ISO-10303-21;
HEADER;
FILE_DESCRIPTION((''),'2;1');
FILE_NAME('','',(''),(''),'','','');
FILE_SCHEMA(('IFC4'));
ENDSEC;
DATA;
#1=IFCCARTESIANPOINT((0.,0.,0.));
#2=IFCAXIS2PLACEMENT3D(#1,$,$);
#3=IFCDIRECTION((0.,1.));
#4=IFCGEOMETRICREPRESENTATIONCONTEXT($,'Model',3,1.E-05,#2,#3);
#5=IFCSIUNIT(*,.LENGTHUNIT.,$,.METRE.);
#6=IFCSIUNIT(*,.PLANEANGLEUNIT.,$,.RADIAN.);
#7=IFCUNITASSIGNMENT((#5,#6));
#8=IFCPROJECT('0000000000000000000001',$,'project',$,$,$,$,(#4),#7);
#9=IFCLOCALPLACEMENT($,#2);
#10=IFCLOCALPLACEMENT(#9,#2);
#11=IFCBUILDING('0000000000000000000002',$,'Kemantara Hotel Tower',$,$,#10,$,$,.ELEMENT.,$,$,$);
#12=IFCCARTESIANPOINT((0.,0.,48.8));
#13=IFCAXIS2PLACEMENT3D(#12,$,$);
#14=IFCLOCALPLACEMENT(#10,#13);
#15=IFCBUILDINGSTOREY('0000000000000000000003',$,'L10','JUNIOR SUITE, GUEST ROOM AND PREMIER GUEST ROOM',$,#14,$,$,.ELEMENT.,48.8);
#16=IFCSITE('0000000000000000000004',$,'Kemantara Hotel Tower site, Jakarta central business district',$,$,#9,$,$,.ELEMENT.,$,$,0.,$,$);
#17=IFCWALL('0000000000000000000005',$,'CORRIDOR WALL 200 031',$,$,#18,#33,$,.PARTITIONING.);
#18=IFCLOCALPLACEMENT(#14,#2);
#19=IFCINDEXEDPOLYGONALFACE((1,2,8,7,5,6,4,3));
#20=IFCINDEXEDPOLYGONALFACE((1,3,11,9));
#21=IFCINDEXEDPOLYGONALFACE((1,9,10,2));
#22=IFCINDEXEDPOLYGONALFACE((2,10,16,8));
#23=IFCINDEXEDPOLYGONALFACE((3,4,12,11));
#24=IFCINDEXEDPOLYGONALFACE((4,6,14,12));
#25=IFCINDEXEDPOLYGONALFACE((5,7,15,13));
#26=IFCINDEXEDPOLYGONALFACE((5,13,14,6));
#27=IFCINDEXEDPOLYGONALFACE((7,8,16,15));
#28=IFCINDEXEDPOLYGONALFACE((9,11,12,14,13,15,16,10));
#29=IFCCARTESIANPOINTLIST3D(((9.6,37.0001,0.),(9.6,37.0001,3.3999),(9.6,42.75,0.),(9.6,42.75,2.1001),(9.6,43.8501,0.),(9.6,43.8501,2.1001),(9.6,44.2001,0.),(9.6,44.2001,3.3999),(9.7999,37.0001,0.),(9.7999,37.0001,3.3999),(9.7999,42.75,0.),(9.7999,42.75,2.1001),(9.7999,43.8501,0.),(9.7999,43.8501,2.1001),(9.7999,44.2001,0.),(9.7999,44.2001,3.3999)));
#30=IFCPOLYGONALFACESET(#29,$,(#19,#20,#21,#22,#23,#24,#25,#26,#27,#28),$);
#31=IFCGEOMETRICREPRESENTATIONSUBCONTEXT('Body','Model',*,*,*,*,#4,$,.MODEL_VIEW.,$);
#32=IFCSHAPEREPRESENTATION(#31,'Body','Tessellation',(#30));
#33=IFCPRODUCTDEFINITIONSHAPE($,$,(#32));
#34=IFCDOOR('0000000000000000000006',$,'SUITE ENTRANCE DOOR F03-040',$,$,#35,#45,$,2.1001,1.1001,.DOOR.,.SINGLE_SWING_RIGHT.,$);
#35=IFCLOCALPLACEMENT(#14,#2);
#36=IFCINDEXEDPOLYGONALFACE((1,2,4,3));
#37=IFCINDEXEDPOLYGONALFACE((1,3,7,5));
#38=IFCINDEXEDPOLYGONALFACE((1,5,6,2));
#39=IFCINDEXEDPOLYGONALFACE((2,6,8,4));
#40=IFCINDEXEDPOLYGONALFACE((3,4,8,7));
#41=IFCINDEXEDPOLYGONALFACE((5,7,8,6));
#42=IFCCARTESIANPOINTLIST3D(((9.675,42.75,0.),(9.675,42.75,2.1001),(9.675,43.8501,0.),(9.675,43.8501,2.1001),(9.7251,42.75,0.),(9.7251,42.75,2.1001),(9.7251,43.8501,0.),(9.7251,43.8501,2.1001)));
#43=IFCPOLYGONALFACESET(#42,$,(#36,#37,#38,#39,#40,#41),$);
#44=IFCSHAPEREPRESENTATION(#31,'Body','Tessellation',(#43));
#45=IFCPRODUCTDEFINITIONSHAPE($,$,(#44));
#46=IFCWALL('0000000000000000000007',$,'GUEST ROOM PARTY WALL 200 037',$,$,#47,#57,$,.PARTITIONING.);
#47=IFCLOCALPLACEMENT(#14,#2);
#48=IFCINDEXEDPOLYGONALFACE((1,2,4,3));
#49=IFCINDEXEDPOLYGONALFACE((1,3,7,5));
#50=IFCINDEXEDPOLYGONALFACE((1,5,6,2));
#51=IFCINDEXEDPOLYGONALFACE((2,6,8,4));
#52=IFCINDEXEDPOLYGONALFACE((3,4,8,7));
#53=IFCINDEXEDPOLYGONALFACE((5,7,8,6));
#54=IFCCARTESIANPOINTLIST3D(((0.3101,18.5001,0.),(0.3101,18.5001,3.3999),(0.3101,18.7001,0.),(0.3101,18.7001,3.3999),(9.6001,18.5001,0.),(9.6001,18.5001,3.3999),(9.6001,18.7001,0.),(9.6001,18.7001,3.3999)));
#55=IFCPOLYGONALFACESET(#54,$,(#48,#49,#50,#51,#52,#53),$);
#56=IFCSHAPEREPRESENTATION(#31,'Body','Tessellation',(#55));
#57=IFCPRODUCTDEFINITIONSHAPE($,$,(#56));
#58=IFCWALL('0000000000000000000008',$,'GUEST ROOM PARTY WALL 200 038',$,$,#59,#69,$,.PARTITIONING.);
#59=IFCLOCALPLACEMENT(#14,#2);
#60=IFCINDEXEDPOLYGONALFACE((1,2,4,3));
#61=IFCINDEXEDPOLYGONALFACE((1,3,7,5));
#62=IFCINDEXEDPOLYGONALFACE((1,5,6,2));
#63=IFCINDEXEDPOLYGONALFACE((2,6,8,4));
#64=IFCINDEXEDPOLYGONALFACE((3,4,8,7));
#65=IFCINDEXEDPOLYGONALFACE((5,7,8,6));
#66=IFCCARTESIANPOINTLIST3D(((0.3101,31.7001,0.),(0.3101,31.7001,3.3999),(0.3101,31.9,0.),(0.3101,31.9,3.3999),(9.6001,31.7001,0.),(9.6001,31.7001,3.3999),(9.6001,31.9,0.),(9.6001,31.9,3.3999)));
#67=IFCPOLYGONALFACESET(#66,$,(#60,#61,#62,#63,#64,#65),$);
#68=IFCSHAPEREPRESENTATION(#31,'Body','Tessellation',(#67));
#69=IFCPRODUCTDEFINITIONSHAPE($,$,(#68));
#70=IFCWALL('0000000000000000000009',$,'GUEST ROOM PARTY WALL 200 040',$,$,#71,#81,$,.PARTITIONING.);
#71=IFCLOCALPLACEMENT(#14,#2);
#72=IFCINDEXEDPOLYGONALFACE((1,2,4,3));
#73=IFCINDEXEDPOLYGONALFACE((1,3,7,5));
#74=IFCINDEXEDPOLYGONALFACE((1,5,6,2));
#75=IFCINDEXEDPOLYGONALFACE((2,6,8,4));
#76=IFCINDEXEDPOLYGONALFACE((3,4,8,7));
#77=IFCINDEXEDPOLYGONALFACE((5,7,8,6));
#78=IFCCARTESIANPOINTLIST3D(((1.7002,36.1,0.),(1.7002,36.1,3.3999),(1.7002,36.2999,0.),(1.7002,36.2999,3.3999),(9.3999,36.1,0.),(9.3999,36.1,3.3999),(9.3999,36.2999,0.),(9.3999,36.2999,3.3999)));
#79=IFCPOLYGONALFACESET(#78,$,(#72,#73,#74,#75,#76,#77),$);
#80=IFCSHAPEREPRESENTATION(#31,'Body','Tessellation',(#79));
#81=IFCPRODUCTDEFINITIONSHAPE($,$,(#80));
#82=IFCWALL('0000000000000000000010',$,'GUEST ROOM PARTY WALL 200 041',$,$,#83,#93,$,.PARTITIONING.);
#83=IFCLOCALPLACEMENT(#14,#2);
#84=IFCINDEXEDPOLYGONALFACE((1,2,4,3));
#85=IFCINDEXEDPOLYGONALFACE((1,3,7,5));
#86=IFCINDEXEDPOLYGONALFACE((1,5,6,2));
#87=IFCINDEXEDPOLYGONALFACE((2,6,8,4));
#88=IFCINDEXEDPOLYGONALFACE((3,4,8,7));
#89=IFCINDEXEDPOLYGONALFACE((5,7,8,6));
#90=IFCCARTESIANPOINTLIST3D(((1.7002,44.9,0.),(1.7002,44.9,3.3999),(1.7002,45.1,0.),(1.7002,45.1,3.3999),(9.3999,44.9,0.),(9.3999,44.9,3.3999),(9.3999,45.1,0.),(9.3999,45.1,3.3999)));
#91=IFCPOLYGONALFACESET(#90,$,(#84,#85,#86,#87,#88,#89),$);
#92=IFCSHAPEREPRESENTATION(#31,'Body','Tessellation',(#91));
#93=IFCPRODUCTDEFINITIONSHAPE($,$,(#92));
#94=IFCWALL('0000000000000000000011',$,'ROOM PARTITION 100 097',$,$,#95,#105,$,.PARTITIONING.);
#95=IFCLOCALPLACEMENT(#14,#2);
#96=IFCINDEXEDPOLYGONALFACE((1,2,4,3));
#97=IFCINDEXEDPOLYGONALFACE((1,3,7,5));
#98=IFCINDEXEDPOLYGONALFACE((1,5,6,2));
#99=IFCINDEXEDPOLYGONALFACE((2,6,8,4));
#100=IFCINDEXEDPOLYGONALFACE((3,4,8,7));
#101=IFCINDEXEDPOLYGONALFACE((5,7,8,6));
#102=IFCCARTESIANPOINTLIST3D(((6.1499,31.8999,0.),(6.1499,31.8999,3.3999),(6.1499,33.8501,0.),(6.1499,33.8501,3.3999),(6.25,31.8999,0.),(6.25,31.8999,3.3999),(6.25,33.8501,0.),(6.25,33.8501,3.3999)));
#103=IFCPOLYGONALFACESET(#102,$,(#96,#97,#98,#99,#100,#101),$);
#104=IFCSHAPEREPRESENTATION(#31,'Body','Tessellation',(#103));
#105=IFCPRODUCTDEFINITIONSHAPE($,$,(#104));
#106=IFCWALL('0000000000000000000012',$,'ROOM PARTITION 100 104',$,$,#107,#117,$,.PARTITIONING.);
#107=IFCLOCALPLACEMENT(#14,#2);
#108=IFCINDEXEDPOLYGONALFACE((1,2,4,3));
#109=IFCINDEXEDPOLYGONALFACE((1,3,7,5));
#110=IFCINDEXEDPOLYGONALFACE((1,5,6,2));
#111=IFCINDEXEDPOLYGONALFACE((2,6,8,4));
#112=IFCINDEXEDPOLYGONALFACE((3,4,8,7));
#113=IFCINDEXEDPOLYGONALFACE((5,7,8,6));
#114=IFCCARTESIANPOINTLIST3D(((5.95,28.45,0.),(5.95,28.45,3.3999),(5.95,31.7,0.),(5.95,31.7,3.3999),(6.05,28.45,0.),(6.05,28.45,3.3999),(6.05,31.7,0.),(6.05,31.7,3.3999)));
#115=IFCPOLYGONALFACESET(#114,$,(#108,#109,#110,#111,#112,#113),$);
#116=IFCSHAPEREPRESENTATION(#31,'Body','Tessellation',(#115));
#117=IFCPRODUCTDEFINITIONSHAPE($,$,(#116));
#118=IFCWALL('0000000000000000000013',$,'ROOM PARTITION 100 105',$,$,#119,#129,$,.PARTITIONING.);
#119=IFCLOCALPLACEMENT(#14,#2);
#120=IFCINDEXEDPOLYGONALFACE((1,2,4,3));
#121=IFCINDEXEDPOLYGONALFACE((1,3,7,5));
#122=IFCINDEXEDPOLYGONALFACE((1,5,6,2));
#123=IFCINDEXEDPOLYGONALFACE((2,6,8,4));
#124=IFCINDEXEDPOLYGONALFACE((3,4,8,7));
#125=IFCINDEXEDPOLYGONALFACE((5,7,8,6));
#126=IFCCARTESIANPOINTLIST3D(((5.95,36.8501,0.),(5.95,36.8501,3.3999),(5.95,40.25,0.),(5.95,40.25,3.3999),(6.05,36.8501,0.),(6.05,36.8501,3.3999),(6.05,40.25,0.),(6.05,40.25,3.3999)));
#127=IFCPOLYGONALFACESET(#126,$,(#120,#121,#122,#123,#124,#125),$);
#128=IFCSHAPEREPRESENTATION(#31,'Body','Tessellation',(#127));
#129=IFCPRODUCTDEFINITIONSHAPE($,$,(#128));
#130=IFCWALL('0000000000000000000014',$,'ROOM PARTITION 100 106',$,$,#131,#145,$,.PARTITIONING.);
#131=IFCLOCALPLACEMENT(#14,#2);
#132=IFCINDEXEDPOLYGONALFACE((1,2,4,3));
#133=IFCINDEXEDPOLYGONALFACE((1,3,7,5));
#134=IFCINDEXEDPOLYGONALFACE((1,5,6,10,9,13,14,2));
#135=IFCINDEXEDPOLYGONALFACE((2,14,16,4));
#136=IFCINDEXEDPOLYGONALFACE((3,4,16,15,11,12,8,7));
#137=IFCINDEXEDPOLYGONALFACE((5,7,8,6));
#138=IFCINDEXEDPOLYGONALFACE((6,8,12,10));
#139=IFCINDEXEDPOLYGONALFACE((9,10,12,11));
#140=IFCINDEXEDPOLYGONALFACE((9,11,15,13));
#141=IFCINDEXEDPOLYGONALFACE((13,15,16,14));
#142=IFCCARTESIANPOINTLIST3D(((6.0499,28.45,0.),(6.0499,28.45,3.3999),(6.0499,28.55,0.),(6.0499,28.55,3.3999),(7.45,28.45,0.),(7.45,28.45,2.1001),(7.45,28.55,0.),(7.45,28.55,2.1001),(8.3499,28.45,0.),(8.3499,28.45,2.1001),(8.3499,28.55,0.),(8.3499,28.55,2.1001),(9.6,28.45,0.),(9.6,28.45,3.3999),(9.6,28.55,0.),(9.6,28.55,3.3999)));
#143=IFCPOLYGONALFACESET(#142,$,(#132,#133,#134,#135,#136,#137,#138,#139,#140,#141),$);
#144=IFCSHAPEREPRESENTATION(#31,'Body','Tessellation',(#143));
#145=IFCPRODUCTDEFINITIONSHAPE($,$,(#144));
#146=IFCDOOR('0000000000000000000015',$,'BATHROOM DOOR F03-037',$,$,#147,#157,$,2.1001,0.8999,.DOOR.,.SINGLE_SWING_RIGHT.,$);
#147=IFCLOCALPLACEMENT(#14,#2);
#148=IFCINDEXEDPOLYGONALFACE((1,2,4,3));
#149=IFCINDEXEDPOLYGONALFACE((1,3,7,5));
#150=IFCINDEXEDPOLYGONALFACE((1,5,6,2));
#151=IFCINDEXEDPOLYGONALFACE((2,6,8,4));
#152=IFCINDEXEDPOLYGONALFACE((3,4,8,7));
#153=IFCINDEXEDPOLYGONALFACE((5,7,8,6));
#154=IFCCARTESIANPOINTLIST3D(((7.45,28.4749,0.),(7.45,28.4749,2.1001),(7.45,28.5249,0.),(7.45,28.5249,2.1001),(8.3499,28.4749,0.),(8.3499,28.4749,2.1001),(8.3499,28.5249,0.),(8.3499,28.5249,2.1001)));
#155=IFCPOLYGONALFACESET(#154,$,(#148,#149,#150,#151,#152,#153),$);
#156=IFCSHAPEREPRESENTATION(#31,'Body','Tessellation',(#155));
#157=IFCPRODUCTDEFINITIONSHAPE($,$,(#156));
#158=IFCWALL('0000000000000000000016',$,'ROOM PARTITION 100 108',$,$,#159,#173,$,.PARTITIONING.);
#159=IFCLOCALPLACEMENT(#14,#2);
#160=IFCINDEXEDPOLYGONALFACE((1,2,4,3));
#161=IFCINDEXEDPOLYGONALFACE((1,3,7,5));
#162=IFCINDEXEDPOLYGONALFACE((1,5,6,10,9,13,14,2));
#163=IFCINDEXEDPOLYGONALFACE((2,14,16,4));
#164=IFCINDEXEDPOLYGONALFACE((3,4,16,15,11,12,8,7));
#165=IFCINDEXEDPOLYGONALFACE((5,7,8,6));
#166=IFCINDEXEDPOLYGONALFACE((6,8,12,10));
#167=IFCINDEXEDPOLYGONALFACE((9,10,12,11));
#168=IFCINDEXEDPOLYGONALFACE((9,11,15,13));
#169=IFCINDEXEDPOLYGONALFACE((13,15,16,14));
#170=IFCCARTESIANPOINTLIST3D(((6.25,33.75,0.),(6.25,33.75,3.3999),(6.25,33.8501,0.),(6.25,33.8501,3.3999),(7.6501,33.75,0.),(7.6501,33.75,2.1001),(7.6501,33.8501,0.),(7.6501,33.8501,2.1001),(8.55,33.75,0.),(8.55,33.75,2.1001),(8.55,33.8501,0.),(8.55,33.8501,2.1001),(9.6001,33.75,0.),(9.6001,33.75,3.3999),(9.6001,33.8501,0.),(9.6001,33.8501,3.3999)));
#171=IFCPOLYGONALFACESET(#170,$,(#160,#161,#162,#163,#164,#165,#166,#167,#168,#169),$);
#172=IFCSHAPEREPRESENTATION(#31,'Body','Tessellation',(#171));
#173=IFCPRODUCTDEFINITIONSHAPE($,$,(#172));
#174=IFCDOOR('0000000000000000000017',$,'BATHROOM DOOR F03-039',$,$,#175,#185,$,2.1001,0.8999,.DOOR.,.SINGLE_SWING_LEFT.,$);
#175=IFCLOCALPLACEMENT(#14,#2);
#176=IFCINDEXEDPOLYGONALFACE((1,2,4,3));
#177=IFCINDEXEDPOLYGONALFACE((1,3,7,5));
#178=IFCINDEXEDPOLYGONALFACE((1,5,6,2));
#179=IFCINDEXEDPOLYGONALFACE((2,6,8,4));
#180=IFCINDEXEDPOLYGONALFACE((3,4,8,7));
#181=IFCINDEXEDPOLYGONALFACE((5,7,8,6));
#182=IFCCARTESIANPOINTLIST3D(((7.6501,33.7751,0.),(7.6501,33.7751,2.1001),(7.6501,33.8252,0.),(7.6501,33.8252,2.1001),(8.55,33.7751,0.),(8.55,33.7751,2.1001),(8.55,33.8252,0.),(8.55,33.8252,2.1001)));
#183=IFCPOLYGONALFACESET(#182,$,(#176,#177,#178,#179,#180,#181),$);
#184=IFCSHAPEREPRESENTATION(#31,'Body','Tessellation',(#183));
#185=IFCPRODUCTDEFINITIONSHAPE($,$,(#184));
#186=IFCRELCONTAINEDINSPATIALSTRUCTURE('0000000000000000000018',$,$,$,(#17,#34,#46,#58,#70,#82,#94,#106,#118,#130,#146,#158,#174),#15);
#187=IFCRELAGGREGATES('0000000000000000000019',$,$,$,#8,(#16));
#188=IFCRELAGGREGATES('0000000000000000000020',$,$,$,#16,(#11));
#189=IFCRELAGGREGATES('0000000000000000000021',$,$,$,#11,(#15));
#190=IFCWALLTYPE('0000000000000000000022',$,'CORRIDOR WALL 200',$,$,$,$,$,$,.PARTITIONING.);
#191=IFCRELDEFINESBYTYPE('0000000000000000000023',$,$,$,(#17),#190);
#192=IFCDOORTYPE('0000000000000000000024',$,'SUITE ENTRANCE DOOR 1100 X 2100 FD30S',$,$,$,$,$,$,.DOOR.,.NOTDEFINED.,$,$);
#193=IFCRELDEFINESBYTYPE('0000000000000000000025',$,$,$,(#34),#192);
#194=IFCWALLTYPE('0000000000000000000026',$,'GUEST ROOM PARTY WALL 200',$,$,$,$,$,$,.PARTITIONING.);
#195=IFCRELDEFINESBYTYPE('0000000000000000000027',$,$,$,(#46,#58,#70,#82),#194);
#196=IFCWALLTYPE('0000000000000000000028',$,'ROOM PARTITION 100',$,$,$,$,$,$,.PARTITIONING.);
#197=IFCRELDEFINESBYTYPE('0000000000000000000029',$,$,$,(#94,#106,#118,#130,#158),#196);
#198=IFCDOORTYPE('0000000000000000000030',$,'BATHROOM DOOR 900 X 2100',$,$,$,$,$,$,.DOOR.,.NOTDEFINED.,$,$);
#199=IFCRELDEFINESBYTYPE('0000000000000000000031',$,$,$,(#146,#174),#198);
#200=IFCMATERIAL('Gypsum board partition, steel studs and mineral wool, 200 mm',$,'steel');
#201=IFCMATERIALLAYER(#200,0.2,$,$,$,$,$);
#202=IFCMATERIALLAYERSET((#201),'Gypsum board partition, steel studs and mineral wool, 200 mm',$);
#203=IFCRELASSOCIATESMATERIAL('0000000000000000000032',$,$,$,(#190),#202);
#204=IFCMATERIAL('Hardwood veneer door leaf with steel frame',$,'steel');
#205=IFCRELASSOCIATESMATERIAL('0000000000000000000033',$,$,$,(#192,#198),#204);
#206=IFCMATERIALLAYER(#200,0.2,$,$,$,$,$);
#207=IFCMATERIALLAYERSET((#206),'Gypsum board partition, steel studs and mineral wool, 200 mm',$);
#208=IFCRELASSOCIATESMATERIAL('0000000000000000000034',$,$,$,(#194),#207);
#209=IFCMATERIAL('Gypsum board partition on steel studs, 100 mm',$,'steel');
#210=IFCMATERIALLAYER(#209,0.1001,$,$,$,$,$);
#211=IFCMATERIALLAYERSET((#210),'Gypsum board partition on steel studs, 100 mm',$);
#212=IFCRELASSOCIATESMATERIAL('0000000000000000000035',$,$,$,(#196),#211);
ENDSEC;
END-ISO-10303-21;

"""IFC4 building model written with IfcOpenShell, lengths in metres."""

from ifc_helpers import new_model, si_unit, direction, frame, frame_2d, origin, place, context, subcontext, project, spatial, rectangle, extrude, material, layer, layer_set, type_object, element, fill, save


model = new_model("IFC4")

# Units and contexts
model_context = context("Model", 3, precision=1e-05, world=origin(), true_north=direction((0.0, 1.0)))
body_context = subcontext(model_context, "Body", "Model", "MODEL_VIEW")
ifc_project = project(units=[si_unit("LENGTHUNIT", "METRE"), si_unit("PLANEANGLEUNIT", "RADIAN")], contexts=[model_context])

# Site, building, storey
site_placement = place(None, origin())
site = spatial("IfcSite", under=ifc_project, at=site_placement, Name="Kemantara Hotel Tower site, Jakarta central business district", CompositionType="ELEMENT", RefElevation=0.0)
building_placement = place(site_placement, origin())
building = spatial("IfcBuilding", under=site, at=building_placement, Name="Kemantara Hotel Tower", CompositionType="ELEMENT")
storey_placement = place(building_placement, frame((0.0, 0.0, 48.8)))
storey = spatial("IfcBuildingStorey", under=building, at=storey_placement, Name="L10", Description="JUNIOR SUITE, GUEST ROOM AND PREMIER GUEST ROOM", CompositionType="ELEMENT", Elevation=48.8)

# Wall, opening, door
ifc_material_1 = material(Name="Gypsum board partition, steel studs and mineral wool, 200 mm", Category="steel")
ifc_layer_1 = layer(ifc_material_1, 0.2)
ifc_layer_set_1 = layer_set([ifc_layer_1], Name="Gypsum board partition, steel studs and mineral wool, 200 mm")
wall_type_1 = type_object("IfcWallType", Name="CORRIDOR WALL 200", PredefinedType="PARTITIONING", material=ifc_layer_set_1)
ifc_material_2 = material(Name="Hardwood veneer door leaf with steel frame", Category="steel")
door_type_1 = type_object("IfcDoorType", Name="SUITE ENTRANCE DOOR 1100 X 2100 FD30S", OperationType="NOTDEFINED", PredefinedType="DOOR", material=ifc_material_2)
wall_1_placement = place(storey_placement, frame((9.7, 37.0, 0.0), z_axis=(0.0, 0.0, 1.0), x_axis=(0.0, 1.0, 0.0)))
wall_1 = element("IfcWall", 1, at=wall_1_placement, inside=storey, type_object=wall_type_1, Name="CORRIDOR WALL 200 031", PredefinedType="PARTITIONING", context=body_context, shape_type="SweptSolid", body=[
    extrude(rectangle(XDim=7.2, YDim=0.2, at=frame_2d((3.6001, 0.0))), origin(), (0.0, 0.0, 1.0), 3.3999),
])
opening_1_placement = place(wall_1_placement, frame((5.75, 0.0, 0.0)))
opening_1 = element("IfcOpeningElement", 2, at=opening_1_placement, cuts=wall_1, PredefinedType="OPENING", context=body_context, shape_type="SweptSolid", body=[
    extrude(rectangle(XDim=1.1001, YDim=2.1001, at=frame_2d((0.55, 1.05))), frame((0.0, 0.1099, 0.0), z_axis=(0.0, -1.0, 0.0), x_axis=(1.0, 0.0, 0.0)), (0.0, 0.0, 1.0), 0.22),
])
door_1_placement = place(opening_1_placement, origin())
door_1 = element("IfcDoor", 3, at=door_1_placement, inside=storey, type_object=door_type_1, Name="SUITE ENTRANCE DOOR F03-040", OperationType="SINGLE_SWING_RIGHT", OverallHeight=2.1001, OverallWidth=1.1001, PredefinedType="DOOR", context=body_context, shape_type="SweptSolid", body=[
    extrude(rectangle(XDim=1.1001, YDim=2.1001, at=frame_2d((0.55, 1.05))), frame((0.0, 0.0249, 0.0), z_axis=(0.0, -1.0, 0.0), x_axis=(1.0, 0.0, 0.0)), (0.0, 0.0, 1.0), 0.05),
])
fill(opening_1, door_1)

# Walls
ifc_layer_2 = layer(ifc_material_1, 0.2)
ifc_layer_set_2 = layer_set([ifc_layer_2], Name="Gypsum board partition, steel studs and mineral wool, 200 mm")
wall_type_2 = type_object("IfcWallType", Name="GUEST ROOM PARTY WALL 200", PredefinedType="PARTITIONING", material=ifc_layer_set_2)
for number, where, z_axis, x_axis, name in (
    (4, (0.3101, 18.6001, 0.0), (0.0, 0.0, 1.0), (1.0, 0.0, 0.0), "GUEST ROOM PARTY WALL 200 037"),
    (5, (0.3101, 31.8, 0.0), (0.0, 0.0, 1.0), (1.0, 0.0, 0.0), "GUEST ROOM PARTY WALL 200 038"),
):
    element("IfcWall", number, at=place(storey_placement, frame(where, z_axis=z_axis, x_axis=x_axis)), inside=storey, type_object=wall_type_2, Name=name, PredefinedType="PARTITIONING", context=body_context, shape_type="SweptSolid", body=[
        extrude(rectangle(XDim=9.29, YDim=0.2, at=frame_2d((4.645, 0.0))), origin(), (0.0, 0.0, 1.0), 3.3999),
    ])
for number, where, z_axis, x_axis, name in (
    (6, (1.7002, 36.2, 0.0), (0.0, 0.0, 1.0), (1.0, 0.0, 0.0), "GUEST ROOM PARTY WALL 200 040"),
    (7, (1.7002, 45.0, 0.0), (0.0, 0.0, 1.0), (1.0, 0.0, 0.0), "GUEST ROOM PARTY WALL 200 041"),
):
    element("IfcWall", number, at=place(storey_placement, frame(where, z_axis=z_axis, x_axis=x_axis)), inside=storey, type_object=wall_type_2, Name=name, PredefinedType="PARTITIONING", context=body_context, shape_type="SweptSolid", body=[
        extrude(rectangle(XDim=7.6997, YDim=0.2, at=frame_2d((3.8499, 0.0))), origin(), (0.0, 0.0, 1.0), 3.3999),
    ])
ifc_material_3 = material(Name="Gypsum board partition on steel studs, 100 mm", Category="steel")
ifc_layer_3 = layer(ifc_material_3, 0.1001)
ifc_layer_set_3 = layer_set([ifc_layer_3], Name="Gypsum board partition on steel studs, 100 mm")
wall_type_3 = type_object("IfcWallType", Name="ROOM PARTITION 100", PredefinedType="PARTITIONING", material=ifc_layer_set_3)
wall_2_placement = place(storey_placement, frame((6.2, 31.8999, 0.0), z_axis=(0.0, 0.0, 1.0), x_axis=(0.0, 1.0, 0.0)))
element("IfcWall", 8, at=wall_2_placement, inside=storey, type_object=wall_type_3, Name="ROOM PARTITION 100 097", PredefinedType="PARTITIONING", context=body_context, shape_type="SweptSolid", body=[
    extrude(rectangle(XDim=1.9502, YDim=0.1001, at=frame_2d((0.9751, 0.0))), origin(), (0.0, 0.0, 1.0), 3.3999),
])
wall_3_placement = place(storey_placement, frame((6.0, 28.45, 0.0), z_axis=(0.0, 0.0, 1.0), x_axis=(0.0, 1.0, 0.0)))
element("IfcWall", 9, at=wall_3_placement, inside=storey, type_object=wall_type_3, Name="ROOM PARTITION 100 104", PredefinedType="PARTITIONING", context=body_context, shape_type="SweptSolid", body=[
    extrude(rectangle(XDim=3.25, YDim=0.1001, at=frame_2d((1.625, 0.0))), origin(), (0.0, 0.0, 1.0), 3.3999),
])
wall_4_placement = place(storey_placement, frame((6.0, 36.8501, 0.0), z_axis=(0.0, 0.0, 1.0), x_axis=(0.0, 1.0, 0.0)))
element("IfcWall", 10, at=wall_4_placement, inside=storey, type_object=wall_type_3, Name="ROOM PARTITION 100 105", PredefinedType="PARTITIONING", context=body_context, shape_type="SweptSolid", body=[
    extrude(rectangle(XDim=3.3999, YDim=0.1001, at=frame_2d((1.7, 0.0))), origin(), (0.0, 0.0, 1.0), 3.3999),
])

# Walls, openings, doors
wall_5_placement = place(storey_placement, frame((6.05, 28.5, 0.0), z_axis=(0.0, 0.0, 1.0), x_axis=(1.0, 0.0, 0.0)))
wall_5 = element("IfcWall", 11, at=wall_5_placement, inside=storey, type_object=wall_type_3, Name="ROOM PARTITION 100 106", PredefinedType="PARTITIONING", context=body_context, shape_type="SweptSolid", body=[
    extrude(rectangle(XDim=3.55, YDim=0.1001, at=frame_2d((1.7749, 0.0))), origin(), (0.0, 0.0, 1.0), 3.3999),
])
opening_2_placement = place(wall_5_placement, frame((1.3999, 0.0, 0.0)))
opening_2 = element("IfcOpeningElement", 12, at=opening_2_placement, cuts=wall_5, PredefinedType="OPENING", context=body_context, shape_type="SweptSolid", body=[
    extrude(rectangle(XDim=0.8999, YDim=2.1001, at=frame_2d((0.45, 1.05))), frame((0.0, 0.0601, 0.0), z_axis=(0.0, -1.0, 0.0), x_axis=(1.0, 0.0, 0.0)), (0.0, 0.0, 1.0), 0.1201),
])
door_type_2 = type_object("IfcDoorType", Name="BATHROOM DOOR 900 X 2100", OperationType="NOTDEFINED", PredefinedType="DOOR", material=ifc_material_2)
door_2_placement = place(opening_2_placement, origin())
door_2 = element("IfcDoor", 13, at=door_2_placement, inside=storey, type_object=door_type_2, Name="BATHROOM DOOR F03-037", OperationType="SINGLE_SWING_RIGHT", OverallHeight=2.1001, OverallWidth=0.8999, PredefinedType="DOOR", context=body_context, shape_type="SweptSolid", body=[
    extrude(rectangle(XDim=0.8999, YDim=2.1001, at=frame_2d((0.45, 1.05))), frame((0.0, 0.0249, 0.0), z_axis=(0.0, -1.0, 0.0), x_axis=(1.0, 0.0, 0.0)), (0.0, 0.0, 1.0), 0.05),
])
fill(opening_2, door_2)
wall_6_placement = place(storey_placement, frame((9.6001, 33.8, 0.0), z_axis=(0.0, 0.0, 1.0), x_axis=(-1.0, 0.0, 0.0)))
wall_6 = element("IfcWall", 14, at=wall_6_placement, inside=storey, type_object=wall_type_3, Name="ROOM PARTITION 100 108", PredefinedType="PARTITIONING", context=body_context, shape_type="SweptSolid", body=[
    extrude(rectangle(XDim=3.3501, YDim=0.1001, at=frame_2d((1.675, 0.0))), origin(), (0.0, 0.0, 1.0), 3.3999),
])
opening_3_placement = place(wall_6_placement, frame((1.05, 0.0, 0.0)))
opening_3 = element("IfcOpeningElement", 15, at=opening_3_placement, cuts=wall_6, PredefinedType="OPENING", context=body_context, shape_type="SweptSolid", body=[
    extrude(rectangle(XDim=0.8999, YDim=2.1001, at=frame_2d((0.45, 1.05))), frame((0.0, 0.0601, 0.0), z_axis=(0.0, -1.0, 0.0), x_axis=(1.0, 0.0, 0.0)), (0.0, 0.0, 1.0), 0.1201),
])
door_3_placement = place(opening_3_placement, origin())
door_3 = element("IfcDoor", 16, at=door_3_placement, inside=storey, type_object=door_type_2, Name="BATHROOM DOOR F03-039", OperationType="SINGLE_SWING_LEFT", OverallHeight=2.1001, OverallWidth=0.8999, PredefinedType="DOOR", context=body_context, shape_type="SweptSolid", body=[
    extrude(rectangle(XDim=0.8999, YDim=2.1001, at=frame_2d((0.45, 1.05))), frame((0.0, 0.0249, 0.0), z_axis=(0.0, -1.0, 0.0), x_axis=(1.0, 0.0, 0.0)), (0.0, 0.0, 1.0), 0.05),
])
fill(opening_3, door_3)

save(model, "model.ifc")
